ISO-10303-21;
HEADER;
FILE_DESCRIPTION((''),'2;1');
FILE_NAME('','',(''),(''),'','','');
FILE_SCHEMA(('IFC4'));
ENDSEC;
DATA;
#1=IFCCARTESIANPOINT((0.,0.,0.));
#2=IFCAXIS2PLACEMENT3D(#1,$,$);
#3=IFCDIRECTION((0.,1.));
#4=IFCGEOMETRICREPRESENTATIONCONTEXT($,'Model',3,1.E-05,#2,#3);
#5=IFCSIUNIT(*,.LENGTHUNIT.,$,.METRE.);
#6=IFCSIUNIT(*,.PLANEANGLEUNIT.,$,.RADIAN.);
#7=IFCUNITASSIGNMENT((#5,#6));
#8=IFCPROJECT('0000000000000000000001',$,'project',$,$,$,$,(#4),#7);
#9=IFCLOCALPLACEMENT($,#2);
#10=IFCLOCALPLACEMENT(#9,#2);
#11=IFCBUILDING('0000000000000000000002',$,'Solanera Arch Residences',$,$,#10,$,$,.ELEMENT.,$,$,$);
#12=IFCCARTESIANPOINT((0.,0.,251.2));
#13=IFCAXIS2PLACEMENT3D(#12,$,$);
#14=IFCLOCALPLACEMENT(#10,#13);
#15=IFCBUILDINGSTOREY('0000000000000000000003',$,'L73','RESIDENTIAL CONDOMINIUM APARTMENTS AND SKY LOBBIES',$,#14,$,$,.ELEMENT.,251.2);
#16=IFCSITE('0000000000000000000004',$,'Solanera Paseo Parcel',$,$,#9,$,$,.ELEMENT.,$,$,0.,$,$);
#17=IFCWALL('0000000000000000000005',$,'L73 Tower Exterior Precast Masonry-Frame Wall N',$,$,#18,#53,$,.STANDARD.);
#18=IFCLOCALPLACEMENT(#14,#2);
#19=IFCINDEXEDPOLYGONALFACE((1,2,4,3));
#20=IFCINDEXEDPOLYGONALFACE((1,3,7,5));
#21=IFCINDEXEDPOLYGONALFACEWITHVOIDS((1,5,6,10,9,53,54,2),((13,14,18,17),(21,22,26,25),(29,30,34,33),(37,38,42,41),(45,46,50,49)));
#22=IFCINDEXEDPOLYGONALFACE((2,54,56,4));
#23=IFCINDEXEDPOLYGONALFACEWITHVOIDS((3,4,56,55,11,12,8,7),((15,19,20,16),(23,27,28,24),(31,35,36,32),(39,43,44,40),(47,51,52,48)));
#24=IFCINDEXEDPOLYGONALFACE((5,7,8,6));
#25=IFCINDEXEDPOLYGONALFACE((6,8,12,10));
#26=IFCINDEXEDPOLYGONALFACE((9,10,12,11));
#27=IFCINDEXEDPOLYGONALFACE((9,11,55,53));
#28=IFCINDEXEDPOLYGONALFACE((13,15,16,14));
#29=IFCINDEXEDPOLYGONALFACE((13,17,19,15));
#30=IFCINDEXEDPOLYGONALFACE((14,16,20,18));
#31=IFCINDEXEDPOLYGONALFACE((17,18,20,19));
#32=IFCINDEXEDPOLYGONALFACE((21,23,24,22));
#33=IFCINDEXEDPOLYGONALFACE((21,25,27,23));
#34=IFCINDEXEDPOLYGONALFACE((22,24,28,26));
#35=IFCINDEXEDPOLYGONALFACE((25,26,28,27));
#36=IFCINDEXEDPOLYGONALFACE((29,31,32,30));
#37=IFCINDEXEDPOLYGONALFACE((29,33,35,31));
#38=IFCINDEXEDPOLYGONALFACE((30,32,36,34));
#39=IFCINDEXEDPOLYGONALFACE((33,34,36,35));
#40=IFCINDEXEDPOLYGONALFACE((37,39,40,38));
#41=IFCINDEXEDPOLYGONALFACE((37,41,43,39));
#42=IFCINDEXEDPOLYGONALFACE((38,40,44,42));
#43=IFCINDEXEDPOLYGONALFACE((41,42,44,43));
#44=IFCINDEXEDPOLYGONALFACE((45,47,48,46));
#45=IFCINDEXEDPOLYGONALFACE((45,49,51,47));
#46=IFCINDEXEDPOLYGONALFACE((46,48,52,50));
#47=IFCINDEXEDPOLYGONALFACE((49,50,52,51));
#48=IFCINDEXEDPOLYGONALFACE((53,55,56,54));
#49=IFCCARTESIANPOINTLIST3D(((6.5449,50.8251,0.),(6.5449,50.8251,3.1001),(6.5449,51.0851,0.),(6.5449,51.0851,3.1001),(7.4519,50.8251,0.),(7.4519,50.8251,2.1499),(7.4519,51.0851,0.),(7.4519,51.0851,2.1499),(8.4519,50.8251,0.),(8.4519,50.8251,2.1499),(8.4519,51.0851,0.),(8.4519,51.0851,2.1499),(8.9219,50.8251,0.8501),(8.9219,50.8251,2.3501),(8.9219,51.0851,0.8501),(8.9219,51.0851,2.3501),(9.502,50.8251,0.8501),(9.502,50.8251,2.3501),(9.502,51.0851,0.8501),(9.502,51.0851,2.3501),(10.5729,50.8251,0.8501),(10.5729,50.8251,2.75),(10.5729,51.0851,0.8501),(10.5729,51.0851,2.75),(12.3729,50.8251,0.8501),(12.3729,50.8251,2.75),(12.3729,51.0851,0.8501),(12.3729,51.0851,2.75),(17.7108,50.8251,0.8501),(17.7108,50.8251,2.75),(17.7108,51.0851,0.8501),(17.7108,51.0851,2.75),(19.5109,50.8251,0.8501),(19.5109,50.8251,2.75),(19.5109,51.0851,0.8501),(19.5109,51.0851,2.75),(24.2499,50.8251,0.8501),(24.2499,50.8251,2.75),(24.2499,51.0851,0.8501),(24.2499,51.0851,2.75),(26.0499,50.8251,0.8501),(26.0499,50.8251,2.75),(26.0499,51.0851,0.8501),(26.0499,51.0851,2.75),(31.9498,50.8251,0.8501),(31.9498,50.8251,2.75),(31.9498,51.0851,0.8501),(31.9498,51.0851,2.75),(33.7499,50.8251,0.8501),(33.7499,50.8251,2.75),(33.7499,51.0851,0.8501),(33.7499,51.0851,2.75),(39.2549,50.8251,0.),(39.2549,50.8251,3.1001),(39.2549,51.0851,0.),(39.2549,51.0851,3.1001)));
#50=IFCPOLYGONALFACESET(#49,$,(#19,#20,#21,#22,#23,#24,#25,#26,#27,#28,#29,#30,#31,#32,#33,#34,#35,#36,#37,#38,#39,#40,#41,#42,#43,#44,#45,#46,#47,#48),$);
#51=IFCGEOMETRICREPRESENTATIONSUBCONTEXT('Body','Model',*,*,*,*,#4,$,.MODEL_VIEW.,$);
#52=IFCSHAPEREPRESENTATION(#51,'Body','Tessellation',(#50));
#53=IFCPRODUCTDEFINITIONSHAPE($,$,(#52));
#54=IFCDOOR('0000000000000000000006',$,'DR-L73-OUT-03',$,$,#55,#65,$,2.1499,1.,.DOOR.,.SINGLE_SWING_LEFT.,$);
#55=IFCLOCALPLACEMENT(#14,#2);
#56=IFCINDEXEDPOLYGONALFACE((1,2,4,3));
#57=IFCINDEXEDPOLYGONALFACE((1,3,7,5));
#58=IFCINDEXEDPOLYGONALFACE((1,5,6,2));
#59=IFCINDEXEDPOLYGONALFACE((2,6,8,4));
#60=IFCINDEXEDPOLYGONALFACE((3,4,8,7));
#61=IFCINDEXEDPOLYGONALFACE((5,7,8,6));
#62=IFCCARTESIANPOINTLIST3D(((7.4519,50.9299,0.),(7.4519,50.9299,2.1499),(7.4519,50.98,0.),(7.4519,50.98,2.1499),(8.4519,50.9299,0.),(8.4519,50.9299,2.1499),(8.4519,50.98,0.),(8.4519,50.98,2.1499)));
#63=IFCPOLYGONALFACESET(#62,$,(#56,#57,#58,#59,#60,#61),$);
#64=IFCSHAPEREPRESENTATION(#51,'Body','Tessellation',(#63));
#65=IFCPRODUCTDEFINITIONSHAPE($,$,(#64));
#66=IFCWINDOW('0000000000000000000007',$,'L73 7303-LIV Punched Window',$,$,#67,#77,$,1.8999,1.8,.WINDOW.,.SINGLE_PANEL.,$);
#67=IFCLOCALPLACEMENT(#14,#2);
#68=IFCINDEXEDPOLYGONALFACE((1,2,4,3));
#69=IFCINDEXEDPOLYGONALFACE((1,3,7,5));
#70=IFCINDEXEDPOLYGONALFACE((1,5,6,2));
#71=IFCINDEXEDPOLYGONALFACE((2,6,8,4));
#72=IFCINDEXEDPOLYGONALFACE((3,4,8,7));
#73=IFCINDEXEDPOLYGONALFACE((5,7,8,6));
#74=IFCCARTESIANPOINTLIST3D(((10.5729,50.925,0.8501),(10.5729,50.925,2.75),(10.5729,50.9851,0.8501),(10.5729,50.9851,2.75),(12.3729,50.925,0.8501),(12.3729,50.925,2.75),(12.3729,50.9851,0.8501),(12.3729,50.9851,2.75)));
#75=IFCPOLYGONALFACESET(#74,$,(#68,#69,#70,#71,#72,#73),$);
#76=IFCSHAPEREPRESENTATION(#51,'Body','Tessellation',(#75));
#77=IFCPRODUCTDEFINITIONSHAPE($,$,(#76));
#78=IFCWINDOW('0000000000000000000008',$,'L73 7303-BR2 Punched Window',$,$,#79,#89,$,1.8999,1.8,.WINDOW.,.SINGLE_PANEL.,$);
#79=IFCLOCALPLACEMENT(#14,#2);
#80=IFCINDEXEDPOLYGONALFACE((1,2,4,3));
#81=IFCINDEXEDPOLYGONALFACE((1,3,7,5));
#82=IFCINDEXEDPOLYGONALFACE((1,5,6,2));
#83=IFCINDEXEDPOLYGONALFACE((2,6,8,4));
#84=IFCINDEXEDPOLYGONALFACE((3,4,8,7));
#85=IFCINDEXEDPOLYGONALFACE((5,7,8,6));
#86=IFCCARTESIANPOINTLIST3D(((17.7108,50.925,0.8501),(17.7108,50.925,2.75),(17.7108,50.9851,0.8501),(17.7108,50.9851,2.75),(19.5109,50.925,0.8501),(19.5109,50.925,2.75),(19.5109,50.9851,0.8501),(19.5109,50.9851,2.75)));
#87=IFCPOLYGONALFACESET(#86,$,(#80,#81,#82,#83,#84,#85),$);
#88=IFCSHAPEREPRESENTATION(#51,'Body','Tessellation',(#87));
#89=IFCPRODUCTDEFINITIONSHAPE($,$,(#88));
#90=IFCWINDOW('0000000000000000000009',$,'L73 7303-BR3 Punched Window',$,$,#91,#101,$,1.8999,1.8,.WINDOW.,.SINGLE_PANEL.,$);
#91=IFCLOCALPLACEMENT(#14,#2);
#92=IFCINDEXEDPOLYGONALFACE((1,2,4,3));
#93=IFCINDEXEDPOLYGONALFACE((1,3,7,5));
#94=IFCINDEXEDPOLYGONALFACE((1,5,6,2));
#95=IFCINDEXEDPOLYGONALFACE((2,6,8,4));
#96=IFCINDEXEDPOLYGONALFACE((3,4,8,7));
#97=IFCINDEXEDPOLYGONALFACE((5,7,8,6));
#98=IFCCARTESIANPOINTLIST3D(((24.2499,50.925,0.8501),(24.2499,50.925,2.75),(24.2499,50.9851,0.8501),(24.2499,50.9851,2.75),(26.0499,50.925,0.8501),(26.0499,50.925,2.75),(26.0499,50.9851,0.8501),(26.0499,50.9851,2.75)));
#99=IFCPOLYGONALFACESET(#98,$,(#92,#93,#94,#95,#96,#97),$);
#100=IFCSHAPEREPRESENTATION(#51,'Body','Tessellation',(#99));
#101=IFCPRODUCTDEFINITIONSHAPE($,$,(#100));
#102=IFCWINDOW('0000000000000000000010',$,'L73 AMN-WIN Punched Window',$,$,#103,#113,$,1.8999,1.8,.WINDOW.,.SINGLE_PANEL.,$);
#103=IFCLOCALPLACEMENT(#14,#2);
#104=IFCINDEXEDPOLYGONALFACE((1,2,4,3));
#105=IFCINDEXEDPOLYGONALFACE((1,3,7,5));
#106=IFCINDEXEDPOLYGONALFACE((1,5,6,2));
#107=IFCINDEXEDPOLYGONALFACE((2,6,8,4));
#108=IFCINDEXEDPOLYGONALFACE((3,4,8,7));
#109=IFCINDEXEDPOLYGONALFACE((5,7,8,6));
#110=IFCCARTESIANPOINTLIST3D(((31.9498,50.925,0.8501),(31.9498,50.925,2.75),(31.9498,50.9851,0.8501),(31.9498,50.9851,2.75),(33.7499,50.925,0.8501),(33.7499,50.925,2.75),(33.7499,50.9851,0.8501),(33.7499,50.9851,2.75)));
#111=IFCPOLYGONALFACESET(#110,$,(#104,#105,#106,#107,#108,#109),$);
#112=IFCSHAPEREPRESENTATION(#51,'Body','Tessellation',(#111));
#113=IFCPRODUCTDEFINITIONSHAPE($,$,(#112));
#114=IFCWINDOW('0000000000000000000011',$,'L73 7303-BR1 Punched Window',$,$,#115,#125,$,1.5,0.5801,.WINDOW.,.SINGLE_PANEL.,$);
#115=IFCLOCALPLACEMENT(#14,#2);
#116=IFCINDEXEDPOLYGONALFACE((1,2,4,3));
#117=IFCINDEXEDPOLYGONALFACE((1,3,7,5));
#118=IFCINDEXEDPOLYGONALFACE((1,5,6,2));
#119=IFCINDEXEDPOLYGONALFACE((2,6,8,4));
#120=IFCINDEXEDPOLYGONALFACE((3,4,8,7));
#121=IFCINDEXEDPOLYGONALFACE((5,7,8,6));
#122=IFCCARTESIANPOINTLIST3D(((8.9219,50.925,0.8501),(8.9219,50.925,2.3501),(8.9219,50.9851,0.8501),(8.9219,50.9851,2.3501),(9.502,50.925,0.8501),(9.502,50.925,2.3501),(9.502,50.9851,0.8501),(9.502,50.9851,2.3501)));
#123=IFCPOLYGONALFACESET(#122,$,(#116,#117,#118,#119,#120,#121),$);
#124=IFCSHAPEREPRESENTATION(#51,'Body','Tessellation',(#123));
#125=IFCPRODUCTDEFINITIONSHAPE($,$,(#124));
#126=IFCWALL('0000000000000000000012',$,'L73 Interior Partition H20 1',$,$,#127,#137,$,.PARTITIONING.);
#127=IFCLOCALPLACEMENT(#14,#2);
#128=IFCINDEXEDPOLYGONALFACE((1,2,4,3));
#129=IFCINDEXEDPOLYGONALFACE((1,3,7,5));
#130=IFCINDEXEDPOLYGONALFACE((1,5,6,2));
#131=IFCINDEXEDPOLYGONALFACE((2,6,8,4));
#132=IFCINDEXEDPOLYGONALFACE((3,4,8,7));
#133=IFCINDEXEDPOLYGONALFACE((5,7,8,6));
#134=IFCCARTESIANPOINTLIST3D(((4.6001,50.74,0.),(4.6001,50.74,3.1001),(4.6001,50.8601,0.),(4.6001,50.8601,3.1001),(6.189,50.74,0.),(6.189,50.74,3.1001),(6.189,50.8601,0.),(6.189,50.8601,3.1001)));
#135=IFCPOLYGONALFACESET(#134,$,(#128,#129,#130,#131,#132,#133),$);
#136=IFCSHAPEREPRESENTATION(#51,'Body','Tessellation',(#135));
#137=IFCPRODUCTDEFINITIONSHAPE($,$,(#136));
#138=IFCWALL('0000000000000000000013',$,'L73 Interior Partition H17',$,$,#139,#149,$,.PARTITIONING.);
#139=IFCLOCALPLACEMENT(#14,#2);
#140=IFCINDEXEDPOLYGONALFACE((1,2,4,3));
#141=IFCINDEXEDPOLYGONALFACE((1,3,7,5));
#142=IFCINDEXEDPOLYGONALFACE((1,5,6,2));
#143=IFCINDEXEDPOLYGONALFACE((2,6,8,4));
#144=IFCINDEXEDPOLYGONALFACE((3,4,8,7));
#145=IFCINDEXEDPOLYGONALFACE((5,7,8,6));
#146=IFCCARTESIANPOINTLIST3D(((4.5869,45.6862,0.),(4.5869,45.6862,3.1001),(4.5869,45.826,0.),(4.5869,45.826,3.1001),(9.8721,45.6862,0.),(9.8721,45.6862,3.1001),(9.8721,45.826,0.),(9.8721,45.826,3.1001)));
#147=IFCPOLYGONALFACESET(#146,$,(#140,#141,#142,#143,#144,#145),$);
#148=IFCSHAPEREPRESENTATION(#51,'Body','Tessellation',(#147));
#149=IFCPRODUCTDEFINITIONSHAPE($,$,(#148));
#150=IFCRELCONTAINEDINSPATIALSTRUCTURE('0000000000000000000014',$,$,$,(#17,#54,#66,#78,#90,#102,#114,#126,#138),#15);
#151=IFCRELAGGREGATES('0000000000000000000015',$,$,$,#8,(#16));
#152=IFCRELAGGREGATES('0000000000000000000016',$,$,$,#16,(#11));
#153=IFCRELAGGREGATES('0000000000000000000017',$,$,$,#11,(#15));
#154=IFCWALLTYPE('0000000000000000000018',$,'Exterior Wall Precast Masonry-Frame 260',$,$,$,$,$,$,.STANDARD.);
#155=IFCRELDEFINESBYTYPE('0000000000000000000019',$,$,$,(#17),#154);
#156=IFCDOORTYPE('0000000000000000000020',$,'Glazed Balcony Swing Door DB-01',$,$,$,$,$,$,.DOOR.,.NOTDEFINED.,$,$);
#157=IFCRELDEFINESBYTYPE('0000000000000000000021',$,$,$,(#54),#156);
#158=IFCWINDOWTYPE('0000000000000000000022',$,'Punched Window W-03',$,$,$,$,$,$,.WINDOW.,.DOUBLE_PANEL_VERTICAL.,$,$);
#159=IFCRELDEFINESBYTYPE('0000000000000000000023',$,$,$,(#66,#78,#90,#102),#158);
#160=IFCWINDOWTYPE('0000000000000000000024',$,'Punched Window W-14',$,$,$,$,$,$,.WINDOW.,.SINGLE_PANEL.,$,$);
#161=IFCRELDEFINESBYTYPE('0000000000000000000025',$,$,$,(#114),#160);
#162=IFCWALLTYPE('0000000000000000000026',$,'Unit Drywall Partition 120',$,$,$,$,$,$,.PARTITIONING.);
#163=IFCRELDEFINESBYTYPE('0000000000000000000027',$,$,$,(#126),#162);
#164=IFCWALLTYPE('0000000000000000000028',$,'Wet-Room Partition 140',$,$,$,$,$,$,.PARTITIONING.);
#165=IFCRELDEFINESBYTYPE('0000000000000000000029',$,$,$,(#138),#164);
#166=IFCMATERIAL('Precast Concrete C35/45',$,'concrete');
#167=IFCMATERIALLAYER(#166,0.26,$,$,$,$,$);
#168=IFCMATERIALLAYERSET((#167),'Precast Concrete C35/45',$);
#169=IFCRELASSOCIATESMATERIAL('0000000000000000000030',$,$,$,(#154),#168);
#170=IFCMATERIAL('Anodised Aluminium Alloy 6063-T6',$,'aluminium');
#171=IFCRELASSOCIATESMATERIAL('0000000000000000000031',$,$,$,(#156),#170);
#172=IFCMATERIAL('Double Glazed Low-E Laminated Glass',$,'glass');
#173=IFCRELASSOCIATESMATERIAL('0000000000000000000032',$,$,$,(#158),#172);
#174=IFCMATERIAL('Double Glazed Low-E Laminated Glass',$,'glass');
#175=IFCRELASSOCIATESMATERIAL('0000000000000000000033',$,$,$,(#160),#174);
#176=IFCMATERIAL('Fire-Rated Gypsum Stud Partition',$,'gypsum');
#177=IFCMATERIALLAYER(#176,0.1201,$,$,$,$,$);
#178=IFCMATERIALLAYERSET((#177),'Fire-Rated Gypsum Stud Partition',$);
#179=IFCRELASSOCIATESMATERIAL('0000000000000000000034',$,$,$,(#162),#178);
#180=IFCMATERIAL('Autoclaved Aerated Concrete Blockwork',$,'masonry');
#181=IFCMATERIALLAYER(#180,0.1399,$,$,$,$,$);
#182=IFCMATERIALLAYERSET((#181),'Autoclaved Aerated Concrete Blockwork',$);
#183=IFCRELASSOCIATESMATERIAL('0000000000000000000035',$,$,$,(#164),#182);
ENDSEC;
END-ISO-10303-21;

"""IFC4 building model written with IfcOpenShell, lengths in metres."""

from ifc_helpers import new_model, si_unit, direction, frame, frame_2d, origin, place, context, subcontext, project, spatial, rectangle, extrude, material, layer, layer_set, type_object, element, fill, save


model = new_model("IFC4")

# Units and contexts
model_context = context("Model", 3, precision=1e-05, world=origin(), true_north=direction((0.0, 1.0)))
body_context = subcontext(model_context, "Body", "Model", "MODEL_VIEW")
ifc_project = project(units=[si_unit("LENGTHUNIT", "METRE"), si_unit("PLANEANGLEUNIT", "RADIAN")], contexts=[model_context])

# Site, building, storey
site_placement = place(None, origin())
site = spatial("IfcSite", under=ifc_project, at=site_placement, Name="Solanera Paseo Parcel", CompositionType="ELEMENT", RefElevation=0.0)
building_placement = place(site_placement, origin())
building = spatial("IfcBuilding", under=site, at=building_placement, Name="Solanera Arch Residences", CompositionType="ELEMENT")
storey_placement = place(building_placement, frame((0.0, 0.0, 251.2)))
storey = spatial("IfcBuildingStorey", under=building, at=storey_placement, Name="L73", Description="RESIDENTIAL CONDOMINIUM APARTMENTS AND SKY LOBBIES", CompositionType="ELEMENT", Elevation=251.2)

# Shared definitions
ifc_material_1 = material(Name="Precast Concrete C35/45", Category="concrete")
ifc_layer_1 = layer(ifc_material_1, 0.26)
ifc_layer_set_1 = layer_set([ifc_layer_1], Name="Precast Concrete C35/45")
wall_type_1 = type_object("IfcWallType", Name="Exterior Wall Precast Masonry-Frame 260", PredefinedType="STANDARD", material=ifc_layer_set_1)

# Wall, openings, door, windows
wall_1_placement = place(storey_placement, frame((6.5449, 50.9551, 0.0), z_axis=(0.0, 0.0, 1.0), x_axis=(1.0, 0.0, 0.0)))
wall_1 = element("IfcWall", 1, at=wall_1_placement, inside=storey, type_object=wall_type_1, Name="L73 Tower Exterior Precast Masonry-Frame Wall N", PredefinedType="STANDARD", context=body_context, shape_type="SweptSolid", body=[
    extrude(rectangle(XDim=32.71, YDim=0.26, at=frame_2d((16.355, 0.0))), origin(), (0.0, 0.0, 1.0), 3.1001),
])
opening_1_placement = place(wall_1_placement, frame((0.907, 0.0, 0.0)))
opening_1 = element("IfcOpeningElement", 2, at=opening_1_placement, cuts=wall_1, PredefinedType="OPENING", context=body_context, shape_type="SweptSolid", body=[
    extrude(rectangle(XDim=1.0, YDim=2.1499, at=frame_2d((0.5, 1.075))), frame((0.0, 0.1399, 0.0), z_axis=(0.0, -1.0, 0.0), x_axis=(1.0, 0.0, 0.0)), (0.0, 0.0, 1.0), 0.28),
])
opening_2_placement = place(wall_1_placement, frame((4.0281, 0.0, 0.8501)))
opening_2 = element("IfcOpeningElement", 3, at=opening_2_placement, cuts=wall_1, PredefinedType="OPENING", context=body_context, shape_type="SweptSolid", body=[
    extrude(rectangle(XDim=1.8, YDim=1.8999, at=frame_2d((0.8999, 0.95))), frame((0.0, 0.1399, 0.0), z_axis=(0.0, -1.0, 0.0), x_axis=(1.0, 0.0, 0.0)), (0.0, 0.0, 1.0), 0.28),
])
opening_3_placement = place(wall_1_placement, frame((2.377, 0.0, 0.8501)))
opening_3 = element("IfcOpeningElement", 4, at=opening_3_placement, cuts=wall_1, PredefinedType="OPENING", context=body_context, shape_type="SweptSolid", body=[
    extrude(rectangle(XDim=0.5801, YDim=1.5, at=frame_2d((0.29, 0.75))), frame((0.0, 0.1399, 0.0), z_axis=(0.0, -1.0, 0.0), x_axis=(1.0, 0.0, 0.0)), (0.0, 0.0, 1.0), 0.28),
])
opening_4_placement = place(wall_1_placement, frame((11.166, 0.0, 0.8501)))
opening_4 = element("IfcOpeningElement", 5, at=opening_4_placement, cuts=wall_1, PredefinedType="OPENING", context=body_context, shape_type="SweptSolid", body=[
    extrude(rectangle(XDim=1.8, YDim=1.8999, at=frame_2d((0.8999, 0.95))), frame((0.0, 0.1399, 0.0), z_axis=(0.0, -1.0, 0.0), x_axis=(1.0, 0.0, 0.0)), (0.0, 0.0, 1.0), 0.28),
])
opening_5_placement = place(wall_1_placement, frame((17.7051, 0.0, 0.8501)))
opening_5 = element("IfcOpeningElement", 6, at=opening_5_placement, cuts=wall_1, PredefinedType="OPENING", context=body_context, shape_type="SweptSolid", body=[
    extrude(rectangle(XDim=1.8, YDim=1.8999, at=frame_2d((0.8999, 0.95))), frame((0.0, 0.1399, 0.0), z_axis=(0.0, -1.0, 0.0), x_axis=(1.0, 0.0, 0.0)), (0.0, 0.0, 1.0), 0.28),
])
opening_6_placement = place(wall_1_placement, frame((25.405, 0.0, 0.8501)))
opening_6 = element("IfcOpeningElement", 7, at=opening_6_placement, cuts=wall_1, PredefinedType="OPENING", context=body_context, shape_type="SweptSolid", body=[
    extrude(rectangle(XDim=1.8, YDim=1.8999, at=frame_2d((0.8999, 0.95))), frame((0.0, 0.1399, 0.0), z_axis=(0.0, -1.0, 0.0), x_axis=(1.0, 0.0, 0.0)), (0.0, 0.0, 1.0), 0.28),
])
ifc_material_2 = material(Name="Anodised Aluminium Alloy 6063-T6", Category="aluminium")
door_type_1 = type_object("IfcDoorType", Name="Glazed Balcony Swing Door DB-01", OperationType="NOTDEFINED", PredefinedType="DOOR", material=ifc_material_2)
door_1_placement = place(opening_1_placement, origin())
door_1 = element("IfcDoor", 8, at=door_1_placement, inside=storey, type_object=door_type_1, Name="DR-L73-OUT-03", OperationType="SINGLE_SWING_LEFT", OverallHeight=2.1499, OverallWidth=1.0, PredefinedType="DOOR", context=body_context, shape_type="SweptSolid", body=[
    extrude(rectangle(XDim=1.0, YDim=2.1499, at=frame_2d((0.5, 1.075))), frame((0.0, 0.0249, 0.0), z_axis=(0.0, -1.0, 0.0), x_axis=(1.0, 0.0, 0.0)), (0.0, 0.0, 1.0), 0.05),
])
fill(opening_1, door_1)
ifc_material_3 = material(Name="Double Glazed Low-E Laminated Glass", Category="glass")
window_type_1 = type_object("IfcWindowType", Name="Punched Window W-03", PartitioningType="DOUBLE_PANEL_VERTICAL", PredefinedType="WINDOW", material=ifc_material_3)
window_1_placement = place(opening_2_placement, origin())
window_1 = element("IfcWindow", 9, at=window_1_placement, inside=storey, type_object=window_type_1, Name="L73 7303-LIV Punched Window", OverallHeight=1.8999, OverallWidth=1.8, PartitioningType="SINGLE_PANEL", PredefinedType="WINDOW", context=body_context, shape_type="SweptSolid", body=[
    extrude(rectangle(XDim=1.8, YDim=1.8999, at=frame_2d((0.8999, 0.95))), frame((0.0, 0.03, 0.0), z_axis=(0.0, -1.0, 0.0), x_axis=(1.0, 0.0, 0.0)), (0.0, 0.0, 1.0), 0.0601),
])
fill(opening_2, window_1)
window_2_placement = place(opening_4_placement, origin())
window_2 = element("IfcWindow", 10, at=window_2_placement, inside=storey, type_object=window_type_1, Name="L73 7303-BR2 Punched Window", OverallHeight=1.8999, OverallWidth=1.8, PartitioningType="SINGLE_PANEL", PredefinedType="WINDOW", context=body_context, shape_type="SweptSolid", body=[
    extrude(rectangle(XDim=1.8, YDim=1.8999, at=frame_2d((0.8999, 0.95))), frame((0.0, 0.03, 0.0), z_axis=(0.0, -1.0, 0.0), x_axis=(1.0, 0.0, 0.0)), (0.0, 0.0, 1.0), 0.0601),
])
fill(opening_4, window_2)
window_3_placement = place(opening_5_placement, origin())
window_3 = element("IfcWindow", 11, at=window_3_placement, inside=storey, type_object=window_type_1, Name="L73 7303-BR3 Punched Window", OverallHeight=1.8999, OverallWidth=1.8, PartitioningType="SINGLE_PANEL", PredefinedType="WINDOW", context=body_context, shape_type="SweptSolid", body=[
    extrude(rectangle(XDim=1.8, YDim=1.8999, at=frame_2d((0.8999, 0.95))), frame((0.0, 0.03, 0.0), z_axis=(0.0, -1.0, 0.0), x_axis=(1.0, 0.0, 0.0)), (0.0, 0.0, 1.0), 0.0601),
])
fill(opening_5, window_3)
window_4_placement = place(opening_6_placement, origin())
window_4 = element("IfcWindow", 12, at=window_4_placement, inside=storey, type_object=window_type_1, Name="L73 AMN-WIN Punched Window", OverallHeight=1.8999, OverallWidth=1.8, PartitioningType="SINGLE_PANEL", PredefinedType="WINDOW", context=body_context, shape_type="SweptSolid", body=[
    extrude(rectangle(XDim=1.8, YDim=1.8999, at=frame_2d((0.8999, 0.95))), frame((0.0, 0.03, 0.0), z_axis=(0.0, -1.0, 0.0), x_axis=(1.0, 0.0, 0.0)), (0.0, 0.0, 1.0), 0.0601),
])
fill(opening_6, window_4)
ifc_material_4 = material(Name="Double Glazed Low-E Laminated Glass", Category="glass")
window_type_2 = type_object("IfcWindowType", Name="Punched Window W-14", PartitioningType="SINGLE_PANEL", PredefinedType="WINDOW", material=ifc_material_4)
window_5_placement = place(opening_3_placement, origin())
window_5 = element("IfcWindow", 13, at=window_5_placement, inside=storey, type_object=window_type_2, Name="L73 7303-BR1 Punched Window", OverallHeight=1.5, OverallWidth=0.5801, PartitioningType="SINGLE_PANEL", PredefinedType="WINDOW", context=body_context, shape_type="SweptSolid", body=[
    extrude(rectangle(XDim=0.5801, YDim=1.5, at=frame_2d((0.29, 0.75))), frame((0.0, 0.03, 0.0), z_axis=(0.0, -1.0, 0.0), x_axis=(1.0, 0.0, 0.0)), (0.0, 0.0, 1.0), 0.0601),
])
fill(opening_3, window_5)

# Walls
ifc_material_5 = material(Name="Fire-Rated Gypsum Stud Partition", Category="gypsum")
ifc_layer_2 = layer(ifc_material_5, 0.1201)
ifc_layer_set_2 = layer_set([ifc_layer_2], Name="Fire-Rated Gypsum Stud Partition")
wall_type_2 = type_object("IfcWallType", Name="Unit Drywall Partition 120", PredefinedType="PARTITIONING", material=ifc_layer_set_2)
wall_2_placement = place(storey_placement, frame((4.6001, 50.8, 0.0), z_axis=(0.0, 0.0, 1.0), x_axis=(1.0, 0.0, 0.0)))
element("IfcWall", 14, at=wall_2_placement, inside=storey, type_object=wall_type_2, Name="L73 Interior Partition H20 1", PredefinedType="PARTITIONING", context=body_context, shape_type="SweptSolid", body=[
    extrude(rectangle(XDim=1.5889, YDim=0.1201, at=frame_2d((0.7944, 0.0))), origin(), (0.0, 0.0, 1.0), 3.1001),
])
ifc_material_6 = material(Name="Autoclaved Aerated Concrete Blockwork", Category="masonry")
ifc_layer_3 = layer(ifc_material_6, 0.1399)
ifc_layer_set_3 = layer_set([ifc_layer_3], Name="Autoclaved Aerated Concrete Blockwork")
wall_type_3 = type_object("IfcWallType", Name="Wet-Room Partition 140", PredefinedType="PARTITIONING", material=ifc_layer_set_3)
wall_3_placement = place(storey_placement, frame((4.5869, 45.7561, 0.0), z_axis=(0.0, 0.0, 1.0), x_axis=(1.0, 0.0, 0.0)))
element("IfcWall", 15, at=wall_3_placement, inside=storey, type_object=wall_type_3, Name="L73 Interior Partition H17", PredefinedType="PARTITIONING", context=body_context, shape_type="SweptSolid", body=[
    extrude(rectangle(XDim=5.2852, YDim=0.1399, at=frame_2d((2.6426, 0.0))), origin(), (0.0, 0.0, 1.0), 3.1001),
])

save(model, "model.ifc")
